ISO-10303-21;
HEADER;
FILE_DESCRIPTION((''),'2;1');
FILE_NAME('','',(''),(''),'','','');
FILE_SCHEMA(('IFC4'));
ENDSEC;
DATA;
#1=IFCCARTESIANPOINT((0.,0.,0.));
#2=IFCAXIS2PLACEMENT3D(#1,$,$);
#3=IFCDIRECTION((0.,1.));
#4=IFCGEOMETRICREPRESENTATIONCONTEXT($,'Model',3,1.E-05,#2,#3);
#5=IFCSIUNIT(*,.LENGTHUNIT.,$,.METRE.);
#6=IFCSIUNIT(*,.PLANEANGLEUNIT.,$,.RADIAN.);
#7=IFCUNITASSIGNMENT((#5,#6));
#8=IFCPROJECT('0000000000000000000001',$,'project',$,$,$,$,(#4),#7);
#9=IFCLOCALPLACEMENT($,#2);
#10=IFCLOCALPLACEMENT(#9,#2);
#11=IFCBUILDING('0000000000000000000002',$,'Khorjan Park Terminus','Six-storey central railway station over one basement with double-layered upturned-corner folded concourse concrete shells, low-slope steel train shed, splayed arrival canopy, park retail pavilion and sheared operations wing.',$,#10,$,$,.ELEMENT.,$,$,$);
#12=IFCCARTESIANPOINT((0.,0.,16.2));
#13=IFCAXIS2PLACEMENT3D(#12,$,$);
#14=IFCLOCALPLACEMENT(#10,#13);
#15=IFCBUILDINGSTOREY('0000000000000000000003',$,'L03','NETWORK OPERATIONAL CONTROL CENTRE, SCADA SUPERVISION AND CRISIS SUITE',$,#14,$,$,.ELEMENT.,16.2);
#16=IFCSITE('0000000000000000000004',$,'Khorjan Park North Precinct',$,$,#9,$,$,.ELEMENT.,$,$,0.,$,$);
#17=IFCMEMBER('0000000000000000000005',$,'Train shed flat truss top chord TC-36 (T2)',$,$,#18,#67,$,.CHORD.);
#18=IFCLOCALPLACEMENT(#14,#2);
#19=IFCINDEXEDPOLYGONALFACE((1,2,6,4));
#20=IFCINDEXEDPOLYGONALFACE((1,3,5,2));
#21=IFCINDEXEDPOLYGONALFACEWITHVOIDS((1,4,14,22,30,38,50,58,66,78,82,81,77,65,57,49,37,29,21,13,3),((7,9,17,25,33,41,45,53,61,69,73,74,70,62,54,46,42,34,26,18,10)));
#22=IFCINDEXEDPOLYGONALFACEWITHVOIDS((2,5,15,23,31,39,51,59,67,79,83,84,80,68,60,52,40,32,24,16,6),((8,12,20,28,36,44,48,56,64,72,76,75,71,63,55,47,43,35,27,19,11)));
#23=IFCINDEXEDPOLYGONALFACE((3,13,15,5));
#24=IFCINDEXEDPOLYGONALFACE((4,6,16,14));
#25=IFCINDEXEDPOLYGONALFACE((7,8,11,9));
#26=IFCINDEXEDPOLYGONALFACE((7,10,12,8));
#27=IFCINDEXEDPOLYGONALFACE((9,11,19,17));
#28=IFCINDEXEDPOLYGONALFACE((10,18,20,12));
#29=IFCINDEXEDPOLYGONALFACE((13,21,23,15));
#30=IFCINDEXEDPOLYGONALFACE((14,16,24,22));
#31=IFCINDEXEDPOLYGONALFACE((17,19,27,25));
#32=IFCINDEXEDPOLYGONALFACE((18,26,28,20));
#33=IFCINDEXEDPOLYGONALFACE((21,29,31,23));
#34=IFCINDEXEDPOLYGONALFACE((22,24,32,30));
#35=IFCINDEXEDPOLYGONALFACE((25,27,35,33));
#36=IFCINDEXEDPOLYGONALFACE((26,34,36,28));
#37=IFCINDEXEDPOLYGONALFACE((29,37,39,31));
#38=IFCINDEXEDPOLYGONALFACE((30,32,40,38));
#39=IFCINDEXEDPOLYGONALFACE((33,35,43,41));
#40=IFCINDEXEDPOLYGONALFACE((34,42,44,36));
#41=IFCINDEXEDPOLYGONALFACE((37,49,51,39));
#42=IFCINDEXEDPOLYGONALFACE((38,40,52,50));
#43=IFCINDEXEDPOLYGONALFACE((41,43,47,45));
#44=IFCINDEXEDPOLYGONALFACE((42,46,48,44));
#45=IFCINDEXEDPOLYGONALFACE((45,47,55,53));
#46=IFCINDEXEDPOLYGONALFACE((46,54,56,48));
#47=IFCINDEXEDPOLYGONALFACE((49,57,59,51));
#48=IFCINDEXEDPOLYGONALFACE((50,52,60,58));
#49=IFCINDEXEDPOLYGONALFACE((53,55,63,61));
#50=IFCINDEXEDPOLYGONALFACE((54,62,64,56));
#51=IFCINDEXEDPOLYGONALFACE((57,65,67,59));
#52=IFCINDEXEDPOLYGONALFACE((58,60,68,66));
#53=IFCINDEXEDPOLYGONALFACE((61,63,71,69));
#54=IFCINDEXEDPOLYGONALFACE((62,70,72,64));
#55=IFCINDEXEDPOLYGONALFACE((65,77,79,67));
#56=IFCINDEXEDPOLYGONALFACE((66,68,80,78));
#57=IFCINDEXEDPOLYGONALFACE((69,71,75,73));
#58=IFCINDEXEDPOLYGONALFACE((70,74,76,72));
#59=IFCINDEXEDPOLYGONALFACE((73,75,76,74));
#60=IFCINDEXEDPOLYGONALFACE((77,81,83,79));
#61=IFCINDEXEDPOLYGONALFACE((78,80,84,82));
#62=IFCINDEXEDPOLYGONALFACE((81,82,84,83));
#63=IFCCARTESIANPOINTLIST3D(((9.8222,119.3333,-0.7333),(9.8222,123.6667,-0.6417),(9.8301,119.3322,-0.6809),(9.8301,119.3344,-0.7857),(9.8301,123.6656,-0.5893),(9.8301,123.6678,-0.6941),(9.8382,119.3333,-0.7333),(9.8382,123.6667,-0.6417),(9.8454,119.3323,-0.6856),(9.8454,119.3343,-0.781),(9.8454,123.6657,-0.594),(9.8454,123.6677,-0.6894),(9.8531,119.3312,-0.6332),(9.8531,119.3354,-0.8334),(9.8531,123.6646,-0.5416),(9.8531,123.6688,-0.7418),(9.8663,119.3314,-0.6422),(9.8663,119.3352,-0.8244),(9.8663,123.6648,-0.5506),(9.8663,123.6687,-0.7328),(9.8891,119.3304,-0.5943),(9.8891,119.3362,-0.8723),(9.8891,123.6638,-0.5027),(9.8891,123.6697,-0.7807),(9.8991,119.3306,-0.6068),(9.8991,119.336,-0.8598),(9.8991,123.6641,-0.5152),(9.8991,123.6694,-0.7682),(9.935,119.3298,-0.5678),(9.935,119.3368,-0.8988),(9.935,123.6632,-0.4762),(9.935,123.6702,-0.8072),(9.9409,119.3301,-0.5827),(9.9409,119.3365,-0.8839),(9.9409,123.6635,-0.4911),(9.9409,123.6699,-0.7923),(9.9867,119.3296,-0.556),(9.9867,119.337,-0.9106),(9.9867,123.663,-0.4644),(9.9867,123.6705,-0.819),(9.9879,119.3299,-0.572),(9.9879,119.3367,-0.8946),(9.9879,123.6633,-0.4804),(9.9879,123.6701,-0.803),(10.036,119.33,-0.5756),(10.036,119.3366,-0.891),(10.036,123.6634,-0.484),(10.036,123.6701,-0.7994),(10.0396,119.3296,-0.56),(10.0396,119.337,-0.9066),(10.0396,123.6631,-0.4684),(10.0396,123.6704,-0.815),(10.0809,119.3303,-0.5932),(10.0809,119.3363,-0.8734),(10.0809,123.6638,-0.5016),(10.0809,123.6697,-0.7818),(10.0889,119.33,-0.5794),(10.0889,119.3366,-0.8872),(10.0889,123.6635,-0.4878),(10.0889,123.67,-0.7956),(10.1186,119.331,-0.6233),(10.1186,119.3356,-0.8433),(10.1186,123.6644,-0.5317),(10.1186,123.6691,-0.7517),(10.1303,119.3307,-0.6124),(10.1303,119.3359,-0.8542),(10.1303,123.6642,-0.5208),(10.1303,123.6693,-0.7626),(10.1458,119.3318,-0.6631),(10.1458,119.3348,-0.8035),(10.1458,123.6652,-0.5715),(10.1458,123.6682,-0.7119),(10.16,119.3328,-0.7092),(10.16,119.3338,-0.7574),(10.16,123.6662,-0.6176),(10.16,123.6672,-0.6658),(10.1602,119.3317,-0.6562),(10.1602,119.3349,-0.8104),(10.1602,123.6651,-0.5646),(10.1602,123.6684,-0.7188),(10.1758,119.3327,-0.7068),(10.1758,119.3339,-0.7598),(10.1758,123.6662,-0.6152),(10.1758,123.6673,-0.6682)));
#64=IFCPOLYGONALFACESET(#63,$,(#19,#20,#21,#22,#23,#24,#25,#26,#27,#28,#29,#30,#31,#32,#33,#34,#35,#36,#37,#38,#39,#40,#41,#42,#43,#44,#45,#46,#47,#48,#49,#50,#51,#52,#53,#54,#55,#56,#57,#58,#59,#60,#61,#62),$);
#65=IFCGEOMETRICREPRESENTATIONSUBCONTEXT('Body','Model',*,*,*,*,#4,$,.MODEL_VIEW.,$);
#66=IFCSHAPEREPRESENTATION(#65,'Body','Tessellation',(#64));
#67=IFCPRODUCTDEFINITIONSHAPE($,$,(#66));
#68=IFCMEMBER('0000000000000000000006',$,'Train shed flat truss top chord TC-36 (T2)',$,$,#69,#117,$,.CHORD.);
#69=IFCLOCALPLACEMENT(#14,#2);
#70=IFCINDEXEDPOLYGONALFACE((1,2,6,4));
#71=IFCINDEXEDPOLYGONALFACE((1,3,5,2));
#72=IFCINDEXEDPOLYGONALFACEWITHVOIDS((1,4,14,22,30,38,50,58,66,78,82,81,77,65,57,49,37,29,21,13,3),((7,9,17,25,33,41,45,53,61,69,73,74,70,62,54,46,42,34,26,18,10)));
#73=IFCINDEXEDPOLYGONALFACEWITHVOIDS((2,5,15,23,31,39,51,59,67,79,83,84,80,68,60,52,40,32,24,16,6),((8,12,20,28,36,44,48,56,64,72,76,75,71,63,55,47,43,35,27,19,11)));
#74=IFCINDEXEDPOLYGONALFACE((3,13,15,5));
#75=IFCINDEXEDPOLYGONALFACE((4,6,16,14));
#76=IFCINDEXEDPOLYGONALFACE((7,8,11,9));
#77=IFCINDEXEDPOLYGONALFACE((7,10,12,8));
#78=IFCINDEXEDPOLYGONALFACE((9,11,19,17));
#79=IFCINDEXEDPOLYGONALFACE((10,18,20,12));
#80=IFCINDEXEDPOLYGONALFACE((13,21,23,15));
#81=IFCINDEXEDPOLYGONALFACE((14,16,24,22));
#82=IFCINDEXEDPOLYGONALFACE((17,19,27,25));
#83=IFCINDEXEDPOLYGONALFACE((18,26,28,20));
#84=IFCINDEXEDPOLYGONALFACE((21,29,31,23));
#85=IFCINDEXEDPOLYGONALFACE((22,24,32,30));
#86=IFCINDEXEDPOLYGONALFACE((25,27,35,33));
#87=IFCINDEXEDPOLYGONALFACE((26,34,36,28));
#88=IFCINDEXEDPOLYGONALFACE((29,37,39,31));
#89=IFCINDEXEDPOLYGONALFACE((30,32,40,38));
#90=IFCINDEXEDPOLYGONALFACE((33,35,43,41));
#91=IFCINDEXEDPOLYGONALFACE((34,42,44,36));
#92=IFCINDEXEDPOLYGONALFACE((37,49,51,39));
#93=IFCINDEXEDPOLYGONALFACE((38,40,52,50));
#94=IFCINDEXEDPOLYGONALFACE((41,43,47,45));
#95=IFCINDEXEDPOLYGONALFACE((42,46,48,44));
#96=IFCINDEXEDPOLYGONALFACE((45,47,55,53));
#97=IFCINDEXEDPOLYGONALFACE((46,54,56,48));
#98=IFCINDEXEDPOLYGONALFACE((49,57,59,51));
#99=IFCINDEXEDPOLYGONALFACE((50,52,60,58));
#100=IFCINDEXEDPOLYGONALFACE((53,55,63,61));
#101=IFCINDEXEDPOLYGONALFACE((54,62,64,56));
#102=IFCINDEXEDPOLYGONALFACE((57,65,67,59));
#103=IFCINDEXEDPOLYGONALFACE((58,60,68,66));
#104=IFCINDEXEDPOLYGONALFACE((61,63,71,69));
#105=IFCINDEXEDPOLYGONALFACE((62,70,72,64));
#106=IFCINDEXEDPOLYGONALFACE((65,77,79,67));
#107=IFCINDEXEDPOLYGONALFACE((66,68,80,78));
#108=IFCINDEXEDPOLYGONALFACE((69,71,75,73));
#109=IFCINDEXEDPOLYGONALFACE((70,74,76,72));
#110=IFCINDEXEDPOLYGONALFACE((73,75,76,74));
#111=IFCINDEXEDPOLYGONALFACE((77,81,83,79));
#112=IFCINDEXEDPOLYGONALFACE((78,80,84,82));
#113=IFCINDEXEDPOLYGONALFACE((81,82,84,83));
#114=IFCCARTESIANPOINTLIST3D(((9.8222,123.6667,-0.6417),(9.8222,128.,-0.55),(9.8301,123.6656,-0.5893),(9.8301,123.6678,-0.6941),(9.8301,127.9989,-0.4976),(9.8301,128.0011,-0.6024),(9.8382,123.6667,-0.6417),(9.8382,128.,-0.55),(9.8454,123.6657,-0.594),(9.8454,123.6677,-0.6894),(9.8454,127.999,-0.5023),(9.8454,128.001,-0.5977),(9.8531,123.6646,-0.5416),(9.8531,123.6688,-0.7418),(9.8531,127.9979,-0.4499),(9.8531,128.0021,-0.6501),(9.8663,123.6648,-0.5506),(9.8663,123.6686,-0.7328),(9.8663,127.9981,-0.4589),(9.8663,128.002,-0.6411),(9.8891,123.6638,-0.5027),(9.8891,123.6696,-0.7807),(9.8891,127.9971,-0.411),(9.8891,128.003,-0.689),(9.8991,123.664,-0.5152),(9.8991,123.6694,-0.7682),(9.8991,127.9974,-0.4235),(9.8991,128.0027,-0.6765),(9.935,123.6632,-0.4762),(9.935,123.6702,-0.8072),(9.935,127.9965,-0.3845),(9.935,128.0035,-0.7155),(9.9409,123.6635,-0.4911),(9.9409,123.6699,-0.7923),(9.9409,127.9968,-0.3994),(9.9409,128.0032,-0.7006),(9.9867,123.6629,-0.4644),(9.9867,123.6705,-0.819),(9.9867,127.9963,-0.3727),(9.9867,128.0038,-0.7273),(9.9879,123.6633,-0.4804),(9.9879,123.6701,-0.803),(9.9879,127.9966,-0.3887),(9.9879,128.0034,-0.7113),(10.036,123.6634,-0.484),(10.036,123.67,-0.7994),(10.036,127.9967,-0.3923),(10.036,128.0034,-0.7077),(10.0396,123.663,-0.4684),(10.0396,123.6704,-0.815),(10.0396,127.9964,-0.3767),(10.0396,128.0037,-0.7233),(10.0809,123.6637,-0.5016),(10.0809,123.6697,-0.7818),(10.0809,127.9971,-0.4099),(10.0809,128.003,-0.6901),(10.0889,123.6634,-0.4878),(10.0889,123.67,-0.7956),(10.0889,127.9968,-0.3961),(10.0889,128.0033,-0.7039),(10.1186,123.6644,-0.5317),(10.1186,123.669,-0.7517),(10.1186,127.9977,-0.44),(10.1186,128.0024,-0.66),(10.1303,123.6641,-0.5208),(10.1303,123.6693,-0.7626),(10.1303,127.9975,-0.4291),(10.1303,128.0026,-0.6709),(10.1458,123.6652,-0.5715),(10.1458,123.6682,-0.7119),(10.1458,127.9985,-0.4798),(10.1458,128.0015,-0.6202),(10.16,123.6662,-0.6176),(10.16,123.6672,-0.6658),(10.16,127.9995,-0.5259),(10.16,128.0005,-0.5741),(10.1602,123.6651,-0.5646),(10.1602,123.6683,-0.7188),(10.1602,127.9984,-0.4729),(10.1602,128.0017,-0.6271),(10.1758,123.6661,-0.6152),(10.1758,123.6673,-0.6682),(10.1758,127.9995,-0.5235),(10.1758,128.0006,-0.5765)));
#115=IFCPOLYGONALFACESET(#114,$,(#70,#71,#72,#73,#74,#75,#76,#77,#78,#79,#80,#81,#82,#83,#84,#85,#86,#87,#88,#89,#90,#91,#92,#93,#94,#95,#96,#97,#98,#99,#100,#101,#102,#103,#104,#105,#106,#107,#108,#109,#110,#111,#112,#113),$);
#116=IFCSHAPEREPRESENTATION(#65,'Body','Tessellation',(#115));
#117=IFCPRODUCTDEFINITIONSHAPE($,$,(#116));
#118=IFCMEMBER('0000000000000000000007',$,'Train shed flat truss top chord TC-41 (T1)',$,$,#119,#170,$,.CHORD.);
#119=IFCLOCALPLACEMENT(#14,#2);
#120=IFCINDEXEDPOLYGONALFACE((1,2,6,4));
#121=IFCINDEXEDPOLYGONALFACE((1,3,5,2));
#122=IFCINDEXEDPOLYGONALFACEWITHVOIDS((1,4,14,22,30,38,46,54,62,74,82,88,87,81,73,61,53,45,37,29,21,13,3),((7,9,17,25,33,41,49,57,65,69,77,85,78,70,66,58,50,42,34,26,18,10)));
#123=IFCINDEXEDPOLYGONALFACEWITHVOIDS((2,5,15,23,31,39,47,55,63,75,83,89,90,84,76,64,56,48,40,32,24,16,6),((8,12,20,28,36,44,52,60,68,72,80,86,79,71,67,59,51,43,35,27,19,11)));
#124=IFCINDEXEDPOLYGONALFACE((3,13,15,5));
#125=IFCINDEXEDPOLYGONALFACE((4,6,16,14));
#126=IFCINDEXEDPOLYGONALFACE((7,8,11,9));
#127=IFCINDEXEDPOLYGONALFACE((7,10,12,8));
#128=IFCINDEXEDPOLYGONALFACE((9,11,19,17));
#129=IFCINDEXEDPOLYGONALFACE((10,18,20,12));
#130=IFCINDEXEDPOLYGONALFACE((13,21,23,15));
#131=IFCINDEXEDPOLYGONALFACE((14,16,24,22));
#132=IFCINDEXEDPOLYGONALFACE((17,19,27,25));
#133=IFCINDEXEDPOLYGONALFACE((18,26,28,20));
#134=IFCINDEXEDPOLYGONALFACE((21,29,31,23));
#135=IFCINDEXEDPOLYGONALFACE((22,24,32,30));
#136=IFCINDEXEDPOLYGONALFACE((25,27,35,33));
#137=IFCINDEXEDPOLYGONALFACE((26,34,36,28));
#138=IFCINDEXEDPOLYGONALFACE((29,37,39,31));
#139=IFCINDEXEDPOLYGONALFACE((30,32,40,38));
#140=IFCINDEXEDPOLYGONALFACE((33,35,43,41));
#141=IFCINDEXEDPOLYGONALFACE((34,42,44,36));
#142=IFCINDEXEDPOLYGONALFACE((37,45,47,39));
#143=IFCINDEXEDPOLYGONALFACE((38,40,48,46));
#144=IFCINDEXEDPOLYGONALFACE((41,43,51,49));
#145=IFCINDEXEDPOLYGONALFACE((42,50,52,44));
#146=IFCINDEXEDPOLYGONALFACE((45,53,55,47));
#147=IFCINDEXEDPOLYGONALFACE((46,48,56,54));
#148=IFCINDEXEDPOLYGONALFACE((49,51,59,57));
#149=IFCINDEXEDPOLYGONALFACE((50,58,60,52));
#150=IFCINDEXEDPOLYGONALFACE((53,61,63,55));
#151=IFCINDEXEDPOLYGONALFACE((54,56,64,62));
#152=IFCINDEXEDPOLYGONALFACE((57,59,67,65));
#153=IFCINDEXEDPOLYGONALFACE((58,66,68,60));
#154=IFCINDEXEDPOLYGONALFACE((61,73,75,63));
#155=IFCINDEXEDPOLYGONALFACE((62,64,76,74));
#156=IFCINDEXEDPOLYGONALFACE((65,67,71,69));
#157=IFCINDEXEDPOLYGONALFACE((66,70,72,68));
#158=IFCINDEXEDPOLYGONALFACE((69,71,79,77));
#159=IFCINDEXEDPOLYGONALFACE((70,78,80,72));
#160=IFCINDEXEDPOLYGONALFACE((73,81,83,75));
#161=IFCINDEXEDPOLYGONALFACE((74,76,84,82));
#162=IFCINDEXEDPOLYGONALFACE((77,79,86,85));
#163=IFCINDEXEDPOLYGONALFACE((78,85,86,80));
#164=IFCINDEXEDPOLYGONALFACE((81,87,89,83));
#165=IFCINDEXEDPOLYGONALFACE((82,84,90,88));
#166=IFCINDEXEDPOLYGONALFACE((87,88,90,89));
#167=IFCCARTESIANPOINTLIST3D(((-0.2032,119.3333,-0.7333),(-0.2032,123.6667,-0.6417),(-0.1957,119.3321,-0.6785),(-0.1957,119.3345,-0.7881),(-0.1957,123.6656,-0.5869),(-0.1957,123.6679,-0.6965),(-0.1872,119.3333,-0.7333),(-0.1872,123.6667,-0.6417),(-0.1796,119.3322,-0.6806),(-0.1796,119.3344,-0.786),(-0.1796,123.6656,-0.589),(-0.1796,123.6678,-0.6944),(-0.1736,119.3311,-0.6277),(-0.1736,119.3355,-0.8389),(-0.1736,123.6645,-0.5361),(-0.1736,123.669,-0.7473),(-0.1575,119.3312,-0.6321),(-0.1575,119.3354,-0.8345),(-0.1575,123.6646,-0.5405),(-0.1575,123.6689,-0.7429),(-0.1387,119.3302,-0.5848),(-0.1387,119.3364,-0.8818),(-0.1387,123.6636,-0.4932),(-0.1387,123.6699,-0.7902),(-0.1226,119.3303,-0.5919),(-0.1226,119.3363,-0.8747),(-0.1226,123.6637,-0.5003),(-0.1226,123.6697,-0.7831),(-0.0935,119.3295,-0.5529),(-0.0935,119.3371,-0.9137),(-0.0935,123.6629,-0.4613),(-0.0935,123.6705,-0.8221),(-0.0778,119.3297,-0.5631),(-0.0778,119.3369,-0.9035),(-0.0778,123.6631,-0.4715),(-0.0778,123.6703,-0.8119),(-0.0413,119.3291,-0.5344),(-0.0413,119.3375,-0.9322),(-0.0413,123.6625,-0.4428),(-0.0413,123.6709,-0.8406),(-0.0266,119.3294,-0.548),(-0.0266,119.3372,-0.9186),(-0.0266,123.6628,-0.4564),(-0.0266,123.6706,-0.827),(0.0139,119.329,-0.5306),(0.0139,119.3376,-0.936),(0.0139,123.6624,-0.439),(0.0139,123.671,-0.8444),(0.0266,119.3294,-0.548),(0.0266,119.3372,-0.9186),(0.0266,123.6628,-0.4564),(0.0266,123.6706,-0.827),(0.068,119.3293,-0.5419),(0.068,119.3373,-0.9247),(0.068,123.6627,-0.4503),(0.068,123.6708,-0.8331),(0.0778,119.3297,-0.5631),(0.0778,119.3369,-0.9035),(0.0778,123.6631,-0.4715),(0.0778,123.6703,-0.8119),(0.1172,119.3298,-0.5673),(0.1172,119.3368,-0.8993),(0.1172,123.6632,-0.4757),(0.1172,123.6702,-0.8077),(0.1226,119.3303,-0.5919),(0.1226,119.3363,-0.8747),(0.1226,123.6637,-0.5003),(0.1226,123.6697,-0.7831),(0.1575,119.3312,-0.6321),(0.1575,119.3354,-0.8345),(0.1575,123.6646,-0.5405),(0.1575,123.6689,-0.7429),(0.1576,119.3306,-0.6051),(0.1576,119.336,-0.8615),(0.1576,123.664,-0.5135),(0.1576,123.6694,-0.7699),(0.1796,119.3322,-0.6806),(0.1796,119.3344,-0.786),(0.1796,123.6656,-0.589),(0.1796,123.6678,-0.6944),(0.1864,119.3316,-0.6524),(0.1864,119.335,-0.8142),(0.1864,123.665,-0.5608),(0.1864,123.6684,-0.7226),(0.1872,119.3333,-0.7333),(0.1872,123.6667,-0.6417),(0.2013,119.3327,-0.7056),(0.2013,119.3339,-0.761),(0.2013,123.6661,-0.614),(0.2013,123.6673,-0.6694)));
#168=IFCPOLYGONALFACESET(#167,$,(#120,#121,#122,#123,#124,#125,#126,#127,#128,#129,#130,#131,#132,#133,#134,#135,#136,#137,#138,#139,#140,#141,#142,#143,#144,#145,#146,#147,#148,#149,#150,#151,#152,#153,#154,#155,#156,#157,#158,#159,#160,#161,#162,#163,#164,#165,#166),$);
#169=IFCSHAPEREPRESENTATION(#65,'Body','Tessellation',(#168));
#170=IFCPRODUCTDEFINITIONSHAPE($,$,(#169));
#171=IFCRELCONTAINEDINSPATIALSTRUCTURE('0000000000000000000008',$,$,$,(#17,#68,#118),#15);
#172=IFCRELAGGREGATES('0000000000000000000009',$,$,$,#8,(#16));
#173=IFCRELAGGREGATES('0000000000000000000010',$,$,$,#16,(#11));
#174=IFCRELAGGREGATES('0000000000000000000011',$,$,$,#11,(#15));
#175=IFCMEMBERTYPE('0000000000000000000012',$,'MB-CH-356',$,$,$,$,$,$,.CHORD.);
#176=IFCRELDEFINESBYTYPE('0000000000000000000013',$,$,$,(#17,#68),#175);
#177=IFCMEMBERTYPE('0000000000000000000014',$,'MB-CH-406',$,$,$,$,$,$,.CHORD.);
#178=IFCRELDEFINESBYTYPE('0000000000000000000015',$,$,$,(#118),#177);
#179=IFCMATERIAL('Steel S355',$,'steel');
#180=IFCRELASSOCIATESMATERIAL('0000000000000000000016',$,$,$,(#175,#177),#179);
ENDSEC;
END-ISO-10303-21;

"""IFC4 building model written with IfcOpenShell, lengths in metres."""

from ifc_helpers import new_model, si_unit, direction, frame, origin, origin_2d, place, context, subcontext, project, spatial, hollow_circle, extrude, material, material_profile, profile_set, type_object, element, save


model = new_model("IFC4")

# Units and contexts
model_context = context("Model", 3, precision=1e-05, world=origin(), true_north=direction((0.0, 1.0)))
body_context = subcontext(model_context, "Body", "Model", "MODEL_VIEW")
ifc_project = project(units=[si_unit("LENGTHUNIT", "METRE"), si_unit("PLANEANGLEUNIT", "RADIAN")], contexts=[model_context])

# Site, building, storey
site_placement = place(None, origin())
site = spatial("IfcSite", under=ifc_project, at=site_placement, Name="Khorjan Park North Precinct", CompositionType="ELEMENT", RefElevation=0.0)
building_placement = place(site_placement, origin())
building = spatial("IfcBuilding", under=site, at=building_placement, Name="Khorjan Park Terminus", Description="Six-storey central railway station over one basement with double-layered upturned-corner folded concourse concrete shells, low-slope steel train shed, splayed arrival canopy, park retail pavilion and sheared operations wing.", CompositionType="ELEMENT")
storey_placement = place(building_placement, frame((0.0, 0.0, 16.2)))
storey = spatial("IfcBuildingStorey", under=building, at=storey_placement, Name="L03", Description="NETWORK OPERATIONAL CONTROL CENTRE, SCADA SUPERVISION AND CRISIS SUITE", CompositionType="ELEMENT", Elevation=16.2)

# Members
ifc_material = material(Name="Steel S355", Category="steel")
ifc_material_profile_1 = material_profile(ifc_material, hollow_circle(Radius=0.1778, WallThickness=0.016, at=origin_2d()), Name="CHS 355.6x16")
ifc_profile_set_1 = profile_set([ifc_material_profile_1], Name="Steel S355")
member_type_1 = type_object("IfcMemberType", Name="MB-CH-356", PredefinedType="CHORD", material=ifc_profile_set_1)
member_1_placement = place(storey_placement, frame((10.0, 119.3333, -0.7333), z_axis=(0.0, 0.999777, 0.021133), x_axis=(-1.0, 0.0, 0.0)))
element("IfcMember", 1, at=member_1_placement, inside=storey, type_object=member_type_1, Name="Train shed flat truss top chord TC-36 (T2)", PredefinedType="CHORD", context=body_context, shape_type="SweptSolid", body=[
    extrude(hollow_circle(Radius=0.1778, WallThickness=0.016, at=origin_2d()), origin(), (0.0, 0.0, 1.0), 4.3344),
])
member_2_placement = place(storey_placement, frame((10.0, 123.6667, -0.6417), z_axis=(0.0, 0.999776, 0.021157), x_axis=(-1.0, 0.0, 0.0)))
element("IfcMember", 2, at=member_2_placement, inside=storey, type_object=member_type_1, Name="Train shed flat truss top chord TC-36 (T2)", PredefinedType="CHORD", context=body_context, shape_type="SweptSolid", body=[
    extrude(hollow_circle(Radius=0.1778, WallThickness=0.016, at=origin_2d()), origin(), (0.0, 0.0, 1.0), 4.3343),
])
ifc_material_profile_2 = material_profile(ifc_material, hollow_circle(Radius=0.2032, WallThickness=0.016, at=origin_2d()), Name="CHS 406.4x16")
ifc_profile_set_2 = profile_set([ifc_material_profile_2], Name="Steel S355")
member_type_2 = type_object("IfcMemberType", Name="MB-CH-406", PredefinedType="CHORD", material=ifc_profile_set_2)
member_3_placement = place(storey_placement, frame((0.0, 119.3333, -0.7333), z_axis=(0.0, 0.999777, 0.021133), x_axis=(-1.0, 0.0, 0.0)))
element("IfcMember", 3, at=member_3_placement, inside=storey, type_object=member_type_2, Name="Train shed flat truss top chord TC-41 (T1)", PredefinedType="CHORD", context=body_context, shape_type="SweptSolid", body=[
    extrude(hollow_circle(Radius=0.2032, WallThickness=0.016, at=origin_2d()), origin(), (0.0, 0.0, 1.0), 4.3344),
])

save(model, "model.ifc")
